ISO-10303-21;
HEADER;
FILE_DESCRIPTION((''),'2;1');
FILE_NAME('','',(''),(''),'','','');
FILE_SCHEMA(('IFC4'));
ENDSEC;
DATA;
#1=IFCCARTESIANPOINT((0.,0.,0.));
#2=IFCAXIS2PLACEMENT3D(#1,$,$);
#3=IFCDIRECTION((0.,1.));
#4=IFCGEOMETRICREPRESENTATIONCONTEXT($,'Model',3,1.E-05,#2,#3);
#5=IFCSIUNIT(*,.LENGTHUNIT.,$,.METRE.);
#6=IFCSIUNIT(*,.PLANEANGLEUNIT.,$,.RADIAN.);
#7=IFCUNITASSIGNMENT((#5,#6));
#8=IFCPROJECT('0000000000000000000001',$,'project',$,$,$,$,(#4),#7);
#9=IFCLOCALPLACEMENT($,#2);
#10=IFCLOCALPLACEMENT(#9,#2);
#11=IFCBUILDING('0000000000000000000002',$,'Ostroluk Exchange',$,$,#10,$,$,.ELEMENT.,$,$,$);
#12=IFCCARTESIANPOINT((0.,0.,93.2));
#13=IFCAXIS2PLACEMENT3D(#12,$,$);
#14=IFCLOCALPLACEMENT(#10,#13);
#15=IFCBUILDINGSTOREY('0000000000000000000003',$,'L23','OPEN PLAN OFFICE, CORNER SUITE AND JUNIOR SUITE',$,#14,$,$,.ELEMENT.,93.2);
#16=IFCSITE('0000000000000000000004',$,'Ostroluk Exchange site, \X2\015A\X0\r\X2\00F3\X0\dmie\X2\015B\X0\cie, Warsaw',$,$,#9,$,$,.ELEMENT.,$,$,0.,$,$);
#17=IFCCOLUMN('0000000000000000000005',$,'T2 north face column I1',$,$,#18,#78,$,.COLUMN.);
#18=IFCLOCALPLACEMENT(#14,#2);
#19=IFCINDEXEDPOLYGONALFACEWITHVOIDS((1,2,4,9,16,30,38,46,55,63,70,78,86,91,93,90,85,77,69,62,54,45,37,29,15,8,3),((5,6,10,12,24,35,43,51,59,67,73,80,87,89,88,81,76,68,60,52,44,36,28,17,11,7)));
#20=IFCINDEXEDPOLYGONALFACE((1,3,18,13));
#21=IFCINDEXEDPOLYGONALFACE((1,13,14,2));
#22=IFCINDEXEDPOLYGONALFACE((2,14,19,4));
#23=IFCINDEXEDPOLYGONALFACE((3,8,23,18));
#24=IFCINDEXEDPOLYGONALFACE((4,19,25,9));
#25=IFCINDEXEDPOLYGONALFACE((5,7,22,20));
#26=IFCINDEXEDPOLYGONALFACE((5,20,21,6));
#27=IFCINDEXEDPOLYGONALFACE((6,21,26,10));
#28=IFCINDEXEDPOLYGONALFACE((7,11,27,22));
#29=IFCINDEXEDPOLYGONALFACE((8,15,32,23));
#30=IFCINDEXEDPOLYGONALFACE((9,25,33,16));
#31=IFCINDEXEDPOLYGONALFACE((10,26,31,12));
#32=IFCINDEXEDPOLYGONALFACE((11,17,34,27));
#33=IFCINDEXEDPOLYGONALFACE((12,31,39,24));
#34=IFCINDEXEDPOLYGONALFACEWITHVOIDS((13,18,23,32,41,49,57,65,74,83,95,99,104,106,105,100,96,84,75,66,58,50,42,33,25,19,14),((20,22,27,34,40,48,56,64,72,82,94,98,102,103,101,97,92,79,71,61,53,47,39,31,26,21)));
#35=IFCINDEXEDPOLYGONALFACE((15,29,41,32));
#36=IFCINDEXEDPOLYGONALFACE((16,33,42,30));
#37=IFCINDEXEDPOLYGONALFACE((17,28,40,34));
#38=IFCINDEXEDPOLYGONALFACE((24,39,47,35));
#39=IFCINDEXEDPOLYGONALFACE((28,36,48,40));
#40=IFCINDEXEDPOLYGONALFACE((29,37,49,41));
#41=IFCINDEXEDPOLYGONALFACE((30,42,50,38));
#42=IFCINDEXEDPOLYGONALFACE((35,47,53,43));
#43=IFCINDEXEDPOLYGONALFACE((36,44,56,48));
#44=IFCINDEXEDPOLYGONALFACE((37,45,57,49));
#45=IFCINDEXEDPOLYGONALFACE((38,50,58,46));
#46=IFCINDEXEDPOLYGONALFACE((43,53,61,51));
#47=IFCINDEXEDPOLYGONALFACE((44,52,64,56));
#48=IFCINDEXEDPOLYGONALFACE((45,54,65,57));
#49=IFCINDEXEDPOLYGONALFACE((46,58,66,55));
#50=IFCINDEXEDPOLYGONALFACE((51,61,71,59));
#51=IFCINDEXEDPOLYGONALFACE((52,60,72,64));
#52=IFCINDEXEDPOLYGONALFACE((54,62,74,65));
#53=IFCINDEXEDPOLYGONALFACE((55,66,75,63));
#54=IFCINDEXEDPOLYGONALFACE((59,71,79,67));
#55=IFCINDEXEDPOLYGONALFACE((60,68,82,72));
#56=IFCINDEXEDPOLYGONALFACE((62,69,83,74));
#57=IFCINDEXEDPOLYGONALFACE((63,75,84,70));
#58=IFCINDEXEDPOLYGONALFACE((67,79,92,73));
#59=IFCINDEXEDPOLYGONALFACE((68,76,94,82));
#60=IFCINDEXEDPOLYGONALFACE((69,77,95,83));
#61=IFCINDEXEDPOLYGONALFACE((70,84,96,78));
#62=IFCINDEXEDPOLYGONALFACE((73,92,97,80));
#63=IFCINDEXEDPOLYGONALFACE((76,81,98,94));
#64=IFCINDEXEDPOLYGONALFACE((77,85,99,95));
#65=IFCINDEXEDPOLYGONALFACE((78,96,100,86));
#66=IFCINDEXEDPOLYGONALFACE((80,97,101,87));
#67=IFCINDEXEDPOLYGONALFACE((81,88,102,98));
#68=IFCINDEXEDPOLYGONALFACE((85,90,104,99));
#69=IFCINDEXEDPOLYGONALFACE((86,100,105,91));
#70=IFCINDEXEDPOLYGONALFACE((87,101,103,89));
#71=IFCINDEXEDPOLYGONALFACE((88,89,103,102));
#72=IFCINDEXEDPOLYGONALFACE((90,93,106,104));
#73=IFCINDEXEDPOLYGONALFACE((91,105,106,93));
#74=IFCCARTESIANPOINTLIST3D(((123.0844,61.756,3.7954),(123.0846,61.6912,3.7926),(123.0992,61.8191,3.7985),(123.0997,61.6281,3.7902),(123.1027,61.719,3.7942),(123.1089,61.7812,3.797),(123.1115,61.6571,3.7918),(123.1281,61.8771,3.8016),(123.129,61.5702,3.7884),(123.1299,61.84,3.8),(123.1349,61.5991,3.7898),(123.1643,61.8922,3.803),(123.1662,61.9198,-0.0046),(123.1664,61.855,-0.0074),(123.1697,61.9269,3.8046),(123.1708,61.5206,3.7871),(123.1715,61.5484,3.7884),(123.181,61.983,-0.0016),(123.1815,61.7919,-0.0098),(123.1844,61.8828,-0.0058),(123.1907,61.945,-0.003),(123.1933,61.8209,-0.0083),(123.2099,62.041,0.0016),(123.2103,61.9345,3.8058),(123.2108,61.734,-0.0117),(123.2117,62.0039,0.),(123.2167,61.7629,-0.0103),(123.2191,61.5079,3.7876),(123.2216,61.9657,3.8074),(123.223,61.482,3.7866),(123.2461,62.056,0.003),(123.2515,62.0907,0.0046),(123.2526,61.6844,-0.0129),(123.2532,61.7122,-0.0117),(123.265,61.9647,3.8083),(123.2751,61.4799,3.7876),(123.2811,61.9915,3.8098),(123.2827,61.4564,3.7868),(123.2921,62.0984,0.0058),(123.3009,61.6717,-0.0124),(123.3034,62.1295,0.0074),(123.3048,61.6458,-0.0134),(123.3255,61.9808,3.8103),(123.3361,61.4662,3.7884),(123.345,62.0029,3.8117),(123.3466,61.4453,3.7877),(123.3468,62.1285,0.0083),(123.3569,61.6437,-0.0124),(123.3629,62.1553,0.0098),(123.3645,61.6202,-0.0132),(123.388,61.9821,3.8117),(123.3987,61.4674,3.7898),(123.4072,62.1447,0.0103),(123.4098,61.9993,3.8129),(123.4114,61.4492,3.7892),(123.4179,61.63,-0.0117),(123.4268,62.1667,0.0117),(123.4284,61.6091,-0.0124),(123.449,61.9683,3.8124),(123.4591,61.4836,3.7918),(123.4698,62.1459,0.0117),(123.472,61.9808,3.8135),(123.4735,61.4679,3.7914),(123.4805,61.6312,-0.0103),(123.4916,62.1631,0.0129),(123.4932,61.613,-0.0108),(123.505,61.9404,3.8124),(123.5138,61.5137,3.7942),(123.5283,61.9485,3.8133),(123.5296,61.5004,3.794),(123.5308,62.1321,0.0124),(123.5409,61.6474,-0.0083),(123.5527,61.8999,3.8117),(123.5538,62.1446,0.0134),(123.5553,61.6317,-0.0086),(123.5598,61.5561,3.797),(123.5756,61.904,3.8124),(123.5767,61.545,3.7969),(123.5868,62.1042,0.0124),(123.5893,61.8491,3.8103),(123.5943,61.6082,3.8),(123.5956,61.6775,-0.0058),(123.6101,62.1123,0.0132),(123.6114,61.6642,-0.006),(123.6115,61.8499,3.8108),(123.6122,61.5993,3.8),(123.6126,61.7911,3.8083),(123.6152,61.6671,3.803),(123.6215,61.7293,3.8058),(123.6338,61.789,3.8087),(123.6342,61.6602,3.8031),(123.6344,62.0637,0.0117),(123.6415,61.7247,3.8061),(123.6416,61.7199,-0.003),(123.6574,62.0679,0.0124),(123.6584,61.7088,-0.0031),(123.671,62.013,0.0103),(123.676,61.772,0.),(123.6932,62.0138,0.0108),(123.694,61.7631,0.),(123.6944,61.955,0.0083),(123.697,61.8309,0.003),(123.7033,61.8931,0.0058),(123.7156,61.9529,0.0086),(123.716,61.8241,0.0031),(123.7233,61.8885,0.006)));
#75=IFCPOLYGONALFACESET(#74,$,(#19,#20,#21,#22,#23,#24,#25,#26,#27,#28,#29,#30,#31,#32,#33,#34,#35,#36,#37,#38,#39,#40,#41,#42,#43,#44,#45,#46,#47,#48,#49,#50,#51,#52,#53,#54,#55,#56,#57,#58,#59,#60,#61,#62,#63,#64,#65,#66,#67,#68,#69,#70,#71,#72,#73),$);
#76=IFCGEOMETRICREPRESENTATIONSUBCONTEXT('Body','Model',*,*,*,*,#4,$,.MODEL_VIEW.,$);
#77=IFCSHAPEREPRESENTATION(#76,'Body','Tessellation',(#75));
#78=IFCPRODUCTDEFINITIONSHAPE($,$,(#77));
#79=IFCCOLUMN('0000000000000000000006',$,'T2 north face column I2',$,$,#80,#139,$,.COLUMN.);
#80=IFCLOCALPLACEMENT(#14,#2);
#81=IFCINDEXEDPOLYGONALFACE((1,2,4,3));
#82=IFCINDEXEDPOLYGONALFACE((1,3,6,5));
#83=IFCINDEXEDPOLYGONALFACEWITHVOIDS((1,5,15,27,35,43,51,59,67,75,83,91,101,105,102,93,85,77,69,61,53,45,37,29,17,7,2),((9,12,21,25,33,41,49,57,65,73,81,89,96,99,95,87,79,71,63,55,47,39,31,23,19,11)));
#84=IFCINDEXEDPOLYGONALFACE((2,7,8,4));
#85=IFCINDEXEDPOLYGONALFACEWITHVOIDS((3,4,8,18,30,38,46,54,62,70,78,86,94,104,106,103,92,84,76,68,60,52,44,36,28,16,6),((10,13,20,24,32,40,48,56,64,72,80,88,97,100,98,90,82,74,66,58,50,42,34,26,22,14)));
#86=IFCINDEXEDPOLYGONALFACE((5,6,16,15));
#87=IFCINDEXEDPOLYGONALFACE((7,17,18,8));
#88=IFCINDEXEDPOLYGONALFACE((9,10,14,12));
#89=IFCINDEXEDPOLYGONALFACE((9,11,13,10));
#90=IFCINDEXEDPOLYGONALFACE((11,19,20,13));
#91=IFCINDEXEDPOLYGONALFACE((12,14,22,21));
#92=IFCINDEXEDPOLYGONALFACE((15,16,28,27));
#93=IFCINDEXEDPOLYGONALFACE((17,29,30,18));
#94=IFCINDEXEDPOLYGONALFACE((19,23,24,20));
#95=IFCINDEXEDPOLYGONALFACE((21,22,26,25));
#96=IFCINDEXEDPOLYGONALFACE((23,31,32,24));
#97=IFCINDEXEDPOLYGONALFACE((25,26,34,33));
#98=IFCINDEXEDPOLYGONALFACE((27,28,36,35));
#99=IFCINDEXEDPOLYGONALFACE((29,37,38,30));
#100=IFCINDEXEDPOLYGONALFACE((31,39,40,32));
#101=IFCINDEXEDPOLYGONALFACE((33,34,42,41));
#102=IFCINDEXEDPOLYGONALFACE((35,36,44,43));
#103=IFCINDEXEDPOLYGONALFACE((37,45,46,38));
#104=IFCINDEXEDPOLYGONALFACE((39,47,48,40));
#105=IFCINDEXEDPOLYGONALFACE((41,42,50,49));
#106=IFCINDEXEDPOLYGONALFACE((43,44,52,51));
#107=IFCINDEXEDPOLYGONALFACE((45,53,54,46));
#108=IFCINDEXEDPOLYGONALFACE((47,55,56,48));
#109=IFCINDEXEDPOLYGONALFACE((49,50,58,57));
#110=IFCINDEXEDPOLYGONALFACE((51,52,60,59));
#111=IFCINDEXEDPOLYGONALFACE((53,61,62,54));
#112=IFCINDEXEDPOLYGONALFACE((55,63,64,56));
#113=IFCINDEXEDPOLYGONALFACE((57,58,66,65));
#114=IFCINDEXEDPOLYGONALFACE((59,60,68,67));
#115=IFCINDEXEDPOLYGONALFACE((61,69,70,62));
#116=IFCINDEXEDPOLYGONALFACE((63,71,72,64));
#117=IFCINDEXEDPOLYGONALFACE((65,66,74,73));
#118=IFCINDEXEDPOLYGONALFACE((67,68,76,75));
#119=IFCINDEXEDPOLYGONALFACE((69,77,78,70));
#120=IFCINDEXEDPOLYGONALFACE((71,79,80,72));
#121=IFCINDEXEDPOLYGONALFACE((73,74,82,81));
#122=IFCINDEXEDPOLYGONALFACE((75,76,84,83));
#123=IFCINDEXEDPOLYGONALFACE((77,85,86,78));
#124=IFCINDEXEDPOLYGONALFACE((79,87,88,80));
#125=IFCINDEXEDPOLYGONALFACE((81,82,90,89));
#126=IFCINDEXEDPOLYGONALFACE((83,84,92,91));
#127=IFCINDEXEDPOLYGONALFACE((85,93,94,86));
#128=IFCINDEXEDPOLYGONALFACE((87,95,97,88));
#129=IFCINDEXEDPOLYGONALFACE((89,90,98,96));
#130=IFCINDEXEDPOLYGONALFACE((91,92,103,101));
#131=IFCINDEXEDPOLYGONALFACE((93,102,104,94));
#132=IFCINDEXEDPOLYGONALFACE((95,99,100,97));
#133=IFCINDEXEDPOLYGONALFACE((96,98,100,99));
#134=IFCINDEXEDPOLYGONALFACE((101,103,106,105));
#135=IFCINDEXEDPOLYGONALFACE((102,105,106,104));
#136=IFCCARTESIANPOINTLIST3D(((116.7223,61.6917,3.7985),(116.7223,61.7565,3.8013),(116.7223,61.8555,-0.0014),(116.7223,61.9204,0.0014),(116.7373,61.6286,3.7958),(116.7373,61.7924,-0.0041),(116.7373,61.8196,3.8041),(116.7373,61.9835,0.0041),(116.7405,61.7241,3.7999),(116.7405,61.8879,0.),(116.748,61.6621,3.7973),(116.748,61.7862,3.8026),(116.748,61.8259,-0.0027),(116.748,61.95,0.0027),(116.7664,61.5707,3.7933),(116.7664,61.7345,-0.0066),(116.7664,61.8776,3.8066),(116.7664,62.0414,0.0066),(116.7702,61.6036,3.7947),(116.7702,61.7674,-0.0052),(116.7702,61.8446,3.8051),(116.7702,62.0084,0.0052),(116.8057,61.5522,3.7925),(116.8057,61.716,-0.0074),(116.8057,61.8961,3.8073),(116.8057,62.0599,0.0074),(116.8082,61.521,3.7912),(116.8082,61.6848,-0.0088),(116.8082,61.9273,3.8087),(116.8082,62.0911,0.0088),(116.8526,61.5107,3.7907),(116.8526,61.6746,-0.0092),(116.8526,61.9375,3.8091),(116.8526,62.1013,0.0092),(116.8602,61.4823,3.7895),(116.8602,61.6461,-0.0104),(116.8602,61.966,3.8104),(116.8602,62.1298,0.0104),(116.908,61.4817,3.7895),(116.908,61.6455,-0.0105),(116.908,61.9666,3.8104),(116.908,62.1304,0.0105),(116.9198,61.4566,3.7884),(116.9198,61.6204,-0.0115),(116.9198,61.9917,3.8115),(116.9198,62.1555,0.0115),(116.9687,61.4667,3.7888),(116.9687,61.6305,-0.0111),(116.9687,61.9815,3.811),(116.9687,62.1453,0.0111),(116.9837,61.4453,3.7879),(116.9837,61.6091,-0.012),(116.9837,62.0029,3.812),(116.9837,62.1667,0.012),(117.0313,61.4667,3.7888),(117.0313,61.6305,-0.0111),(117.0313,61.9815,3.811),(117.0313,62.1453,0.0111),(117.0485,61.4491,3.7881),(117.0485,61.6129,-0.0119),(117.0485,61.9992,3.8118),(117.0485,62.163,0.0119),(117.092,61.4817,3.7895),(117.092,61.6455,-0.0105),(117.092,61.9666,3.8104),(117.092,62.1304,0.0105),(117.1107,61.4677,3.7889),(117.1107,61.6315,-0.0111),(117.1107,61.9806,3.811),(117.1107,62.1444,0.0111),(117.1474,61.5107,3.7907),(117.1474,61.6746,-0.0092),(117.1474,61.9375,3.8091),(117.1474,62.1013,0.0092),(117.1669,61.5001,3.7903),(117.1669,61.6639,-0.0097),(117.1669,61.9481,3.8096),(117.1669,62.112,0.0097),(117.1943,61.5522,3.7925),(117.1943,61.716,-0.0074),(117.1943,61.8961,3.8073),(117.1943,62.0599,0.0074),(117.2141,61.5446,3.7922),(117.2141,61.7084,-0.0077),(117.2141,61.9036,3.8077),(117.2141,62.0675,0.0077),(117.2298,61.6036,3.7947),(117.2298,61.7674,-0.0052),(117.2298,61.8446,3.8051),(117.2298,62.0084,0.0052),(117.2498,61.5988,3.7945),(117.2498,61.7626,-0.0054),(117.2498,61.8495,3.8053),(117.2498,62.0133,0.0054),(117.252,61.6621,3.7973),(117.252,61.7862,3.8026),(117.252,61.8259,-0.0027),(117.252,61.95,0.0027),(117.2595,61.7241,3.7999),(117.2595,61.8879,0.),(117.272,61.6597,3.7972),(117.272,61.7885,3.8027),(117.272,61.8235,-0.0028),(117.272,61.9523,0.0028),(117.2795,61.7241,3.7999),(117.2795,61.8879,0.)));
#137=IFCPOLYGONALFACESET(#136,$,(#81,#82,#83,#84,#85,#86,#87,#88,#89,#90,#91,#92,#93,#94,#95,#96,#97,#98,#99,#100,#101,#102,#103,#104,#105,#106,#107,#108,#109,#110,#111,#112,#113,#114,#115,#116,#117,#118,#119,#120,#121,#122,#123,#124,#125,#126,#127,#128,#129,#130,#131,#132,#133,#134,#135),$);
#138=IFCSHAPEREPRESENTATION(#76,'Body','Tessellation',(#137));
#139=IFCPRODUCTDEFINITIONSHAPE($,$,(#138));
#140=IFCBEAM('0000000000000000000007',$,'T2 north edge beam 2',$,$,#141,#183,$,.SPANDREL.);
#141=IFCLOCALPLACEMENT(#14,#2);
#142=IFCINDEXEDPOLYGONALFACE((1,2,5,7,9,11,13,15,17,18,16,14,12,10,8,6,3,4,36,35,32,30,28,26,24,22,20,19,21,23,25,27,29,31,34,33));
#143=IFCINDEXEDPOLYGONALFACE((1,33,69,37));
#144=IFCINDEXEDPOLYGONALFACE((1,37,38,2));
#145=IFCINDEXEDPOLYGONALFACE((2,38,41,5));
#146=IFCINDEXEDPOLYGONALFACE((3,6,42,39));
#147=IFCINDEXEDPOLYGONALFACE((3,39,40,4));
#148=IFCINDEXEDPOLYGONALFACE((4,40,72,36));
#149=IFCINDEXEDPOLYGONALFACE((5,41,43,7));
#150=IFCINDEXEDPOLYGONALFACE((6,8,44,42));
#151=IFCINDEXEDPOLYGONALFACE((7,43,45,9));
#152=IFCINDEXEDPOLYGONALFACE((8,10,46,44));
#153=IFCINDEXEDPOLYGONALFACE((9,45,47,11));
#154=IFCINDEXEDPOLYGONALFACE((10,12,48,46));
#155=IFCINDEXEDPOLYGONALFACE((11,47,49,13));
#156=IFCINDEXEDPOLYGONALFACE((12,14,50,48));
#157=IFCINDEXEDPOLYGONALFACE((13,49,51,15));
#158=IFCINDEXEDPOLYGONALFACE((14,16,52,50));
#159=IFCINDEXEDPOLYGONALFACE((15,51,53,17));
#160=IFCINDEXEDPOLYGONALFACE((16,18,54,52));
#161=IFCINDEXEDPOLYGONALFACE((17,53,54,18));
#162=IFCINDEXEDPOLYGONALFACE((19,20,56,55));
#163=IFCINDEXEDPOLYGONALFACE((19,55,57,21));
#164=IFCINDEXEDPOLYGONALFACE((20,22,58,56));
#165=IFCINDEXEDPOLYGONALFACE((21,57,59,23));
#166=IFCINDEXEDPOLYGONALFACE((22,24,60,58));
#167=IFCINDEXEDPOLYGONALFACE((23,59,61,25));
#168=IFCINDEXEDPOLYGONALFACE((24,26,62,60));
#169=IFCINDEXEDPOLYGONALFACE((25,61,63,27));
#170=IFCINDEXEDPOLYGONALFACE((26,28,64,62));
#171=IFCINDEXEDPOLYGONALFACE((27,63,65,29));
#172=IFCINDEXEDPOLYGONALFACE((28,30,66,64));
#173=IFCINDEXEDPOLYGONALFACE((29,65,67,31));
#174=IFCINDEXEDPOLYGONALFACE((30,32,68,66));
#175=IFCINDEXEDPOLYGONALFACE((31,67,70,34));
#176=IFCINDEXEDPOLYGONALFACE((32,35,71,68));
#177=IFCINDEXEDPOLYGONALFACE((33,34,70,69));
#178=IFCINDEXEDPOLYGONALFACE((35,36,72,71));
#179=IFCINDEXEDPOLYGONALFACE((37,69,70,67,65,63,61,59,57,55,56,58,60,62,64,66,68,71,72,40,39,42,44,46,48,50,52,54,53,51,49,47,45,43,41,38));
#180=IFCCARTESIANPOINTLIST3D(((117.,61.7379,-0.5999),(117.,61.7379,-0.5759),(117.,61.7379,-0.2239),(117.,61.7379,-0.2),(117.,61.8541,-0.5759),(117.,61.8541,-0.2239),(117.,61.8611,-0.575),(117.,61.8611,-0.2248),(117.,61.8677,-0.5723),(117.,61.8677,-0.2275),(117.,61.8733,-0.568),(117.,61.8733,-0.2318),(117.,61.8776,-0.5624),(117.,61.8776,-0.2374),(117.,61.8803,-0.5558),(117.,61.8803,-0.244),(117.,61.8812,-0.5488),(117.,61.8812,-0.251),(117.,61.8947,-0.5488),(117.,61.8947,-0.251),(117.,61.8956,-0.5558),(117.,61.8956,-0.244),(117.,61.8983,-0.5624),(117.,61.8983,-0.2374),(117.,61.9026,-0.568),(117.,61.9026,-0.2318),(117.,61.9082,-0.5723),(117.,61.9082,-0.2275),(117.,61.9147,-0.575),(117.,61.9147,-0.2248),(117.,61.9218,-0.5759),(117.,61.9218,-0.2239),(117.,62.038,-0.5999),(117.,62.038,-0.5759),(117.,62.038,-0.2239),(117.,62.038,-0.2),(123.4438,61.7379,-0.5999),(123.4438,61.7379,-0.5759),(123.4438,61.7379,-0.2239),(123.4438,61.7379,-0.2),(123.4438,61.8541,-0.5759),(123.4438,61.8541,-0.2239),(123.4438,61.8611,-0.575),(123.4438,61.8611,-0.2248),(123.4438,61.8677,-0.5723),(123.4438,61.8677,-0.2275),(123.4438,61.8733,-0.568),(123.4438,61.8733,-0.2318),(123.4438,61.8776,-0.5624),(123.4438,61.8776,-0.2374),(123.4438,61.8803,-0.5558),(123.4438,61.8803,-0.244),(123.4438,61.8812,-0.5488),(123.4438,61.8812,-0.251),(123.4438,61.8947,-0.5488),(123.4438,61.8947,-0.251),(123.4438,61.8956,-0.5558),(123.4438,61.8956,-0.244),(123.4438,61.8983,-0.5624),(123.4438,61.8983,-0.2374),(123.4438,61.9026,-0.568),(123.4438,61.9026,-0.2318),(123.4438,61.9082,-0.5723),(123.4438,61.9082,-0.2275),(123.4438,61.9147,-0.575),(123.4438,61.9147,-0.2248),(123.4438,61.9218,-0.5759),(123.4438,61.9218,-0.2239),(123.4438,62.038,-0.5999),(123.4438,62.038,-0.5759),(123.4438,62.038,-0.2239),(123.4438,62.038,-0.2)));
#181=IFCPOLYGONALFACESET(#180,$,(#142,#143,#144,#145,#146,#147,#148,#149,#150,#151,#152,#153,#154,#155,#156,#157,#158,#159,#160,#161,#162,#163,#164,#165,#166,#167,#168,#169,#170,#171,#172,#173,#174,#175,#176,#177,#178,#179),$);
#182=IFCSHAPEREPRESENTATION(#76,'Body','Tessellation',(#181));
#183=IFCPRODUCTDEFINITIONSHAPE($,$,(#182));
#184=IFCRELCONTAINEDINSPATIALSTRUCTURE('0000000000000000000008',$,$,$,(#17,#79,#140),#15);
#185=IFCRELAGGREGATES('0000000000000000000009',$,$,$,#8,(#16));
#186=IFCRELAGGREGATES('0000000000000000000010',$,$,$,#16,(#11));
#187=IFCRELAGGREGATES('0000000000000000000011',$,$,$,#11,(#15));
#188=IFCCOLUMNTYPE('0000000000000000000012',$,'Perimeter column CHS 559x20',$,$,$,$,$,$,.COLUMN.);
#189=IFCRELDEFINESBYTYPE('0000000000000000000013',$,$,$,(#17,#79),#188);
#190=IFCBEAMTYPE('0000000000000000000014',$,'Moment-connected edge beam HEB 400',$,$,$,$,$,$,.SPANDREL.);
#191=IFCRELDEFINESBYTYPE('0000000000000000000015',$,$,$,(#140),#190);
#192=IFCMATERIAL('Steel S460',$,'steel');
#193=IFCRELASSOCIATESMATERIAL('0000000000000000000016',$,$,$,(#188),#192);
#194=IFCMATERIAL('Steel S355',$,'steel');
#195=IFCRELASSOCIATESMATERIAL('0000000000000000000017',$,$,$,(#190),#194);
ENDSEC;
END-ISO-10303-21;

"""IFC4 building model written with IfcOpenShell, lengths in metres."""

from ifc_helpers import new_model, si_unit, direction, frame, origin, origin_2d, place, context, subcontext, project, spatial, hollow_circle, i_section, extrude, material, material_profile, profile_set, type_object, element, save


model = new_model("IFC4")

# Units and contexts
model_context = context("Model", 3, precision=1e-05, world=origin(), true_north=direction((0.0, 1.0)))
body_context = subcontext(model_context, "Body", "Model", "MODEL_VIEW")
ifc_project = project(units=[si_unit("LENGTHUNIT", "METRE"), si_unit("PLANEANGLEUNIT", "RADIAN")], contexts=[model_context])

# Site, building, storey
site_placement = place(None, origin())
site = spatial("IfcSite", under=ifc_project, at=site_placement, Name="Ostroluk Exchange site, Śródmieście, Warsaw", CompositionType="ELEMENT", RefElevation=0.0)
building_placement = place(site_placement, origin())
building = spatial("IfcBuilding", under=site, at=building_placement, Name="Ostroluk Exchange", CompositionType="ELEMENT")
storey_placement = place(building_placement, frame((0.0, 0.0, 93.2)))
storey = spatial("IfcBuildingStorey", under=building, at=storey_placement, Name="L23", Description="OPEN PLAN OFFICE, CORNER SUITE AND JUNIOR SUITE", CompositionType="ELEMENT", Elevation=93.2)

# Columns
ifc_material_1 = material(Name="Steel S460", Category="steel")
ifc_material_profile_1 = material_profile(ifc_material_1, hollow_circle(Radius=0.2795, WallThickness=0.02, at=origin_2d()), Name="CHS 559x20")
ifc_profile_set_1 = profile_set([ifc_material_profile_1], Name="Steel S460")
column_type = type_object("IfcColumnType", Name="Perimeter column CHS 559x20", PredefinedType="COLUMN", material=ifc_profile_set_1)
column_1_placement = place(storey_placement, frame((123.4438, 61.8879, 0.0), z_axis=(-0.021498, -0.04306, 0.998841), x_axis=(0.894694, -0.44668, 0.0)))
element("IfcColumn", 1, at=column_1_placement, inside=storey, type_object=column_type, Name="T2 north face column I1", PredefinedType="COLUMN", context=body_context, shape_type="SweptSolid", body=[
    extrude(hollow_circle(Radius=0.2795, WallThickness=0.02, at=origin_2d()), origin(), (0.0, 0.0, 1.0), 3.8044),
])
column_2_placement = place(storey_placement, frame((117.0, 61.8879, 0.0), z_axis=(0.0, -0.04307, 0.999072), x_axis=(1.0, 0.0, 0.0)))
element("IfcColumn", 2, at=column_2_placement, inside=storey, type_object=column_type, Name="T2 north face column I2", PredefinedType="COLUMN", context=body_context, shape_type="SweptSolid", body=[
    extrude(hollow_circle(Radius=0.2795, WallThickness=0.02, at=origin_2d()), origin(), (0.0, 0.0, 1.0), 3.8035),
])

# Beam
ifc_material_2 = material(Name="Steel S355", Category="steel")
ifc_material_profile_2 = material_profile(ifc_material_2, i_section(OverallWidth=0.3, OverallDepth=0.3999, WebThickness=0.0134, FlangeThickness=0.0239, FilletRadius=0.0271, at=origin_2d()), Name="HEB 400")
ifc_profile_set_2 = profile_set([ifc_material_profile_2], Name="Steel S355")
beam_type = type_object("IfcBeamType", Name="Moment-connected edge beam HEB 400", PredefinedType="SPANDREL", material=ifc_profile_set_2)
for number, where, z_axis, x_axis, name in (
    (3, (123.4438, 61.8879, -0.3999), (-1.0, 0.0, 0.0), (0.0, -1.0, 0.0), "T2 north edge beam 2"),
):
    element("IfcBeam", number, at=place(storey_placement, frame(where, z_axis=z_axis, x_axis=x_axis)), inside=storey, type_object=beam_type, Name=name, PredefinedType="SPANDREL", context=body_context, shape_type="SweptSolid", body=[
        extrude(i_section(OverallWidth=0.3, OverallDepth=0.3999, WebThickness=0.0134, FlangeThickness=0.0239, FilletRadius=0.0271, at=origin_2d()), origin(), (0.0, 0.0, 1.0), 6.4438),
    ])

save(model, "model.ifc")
